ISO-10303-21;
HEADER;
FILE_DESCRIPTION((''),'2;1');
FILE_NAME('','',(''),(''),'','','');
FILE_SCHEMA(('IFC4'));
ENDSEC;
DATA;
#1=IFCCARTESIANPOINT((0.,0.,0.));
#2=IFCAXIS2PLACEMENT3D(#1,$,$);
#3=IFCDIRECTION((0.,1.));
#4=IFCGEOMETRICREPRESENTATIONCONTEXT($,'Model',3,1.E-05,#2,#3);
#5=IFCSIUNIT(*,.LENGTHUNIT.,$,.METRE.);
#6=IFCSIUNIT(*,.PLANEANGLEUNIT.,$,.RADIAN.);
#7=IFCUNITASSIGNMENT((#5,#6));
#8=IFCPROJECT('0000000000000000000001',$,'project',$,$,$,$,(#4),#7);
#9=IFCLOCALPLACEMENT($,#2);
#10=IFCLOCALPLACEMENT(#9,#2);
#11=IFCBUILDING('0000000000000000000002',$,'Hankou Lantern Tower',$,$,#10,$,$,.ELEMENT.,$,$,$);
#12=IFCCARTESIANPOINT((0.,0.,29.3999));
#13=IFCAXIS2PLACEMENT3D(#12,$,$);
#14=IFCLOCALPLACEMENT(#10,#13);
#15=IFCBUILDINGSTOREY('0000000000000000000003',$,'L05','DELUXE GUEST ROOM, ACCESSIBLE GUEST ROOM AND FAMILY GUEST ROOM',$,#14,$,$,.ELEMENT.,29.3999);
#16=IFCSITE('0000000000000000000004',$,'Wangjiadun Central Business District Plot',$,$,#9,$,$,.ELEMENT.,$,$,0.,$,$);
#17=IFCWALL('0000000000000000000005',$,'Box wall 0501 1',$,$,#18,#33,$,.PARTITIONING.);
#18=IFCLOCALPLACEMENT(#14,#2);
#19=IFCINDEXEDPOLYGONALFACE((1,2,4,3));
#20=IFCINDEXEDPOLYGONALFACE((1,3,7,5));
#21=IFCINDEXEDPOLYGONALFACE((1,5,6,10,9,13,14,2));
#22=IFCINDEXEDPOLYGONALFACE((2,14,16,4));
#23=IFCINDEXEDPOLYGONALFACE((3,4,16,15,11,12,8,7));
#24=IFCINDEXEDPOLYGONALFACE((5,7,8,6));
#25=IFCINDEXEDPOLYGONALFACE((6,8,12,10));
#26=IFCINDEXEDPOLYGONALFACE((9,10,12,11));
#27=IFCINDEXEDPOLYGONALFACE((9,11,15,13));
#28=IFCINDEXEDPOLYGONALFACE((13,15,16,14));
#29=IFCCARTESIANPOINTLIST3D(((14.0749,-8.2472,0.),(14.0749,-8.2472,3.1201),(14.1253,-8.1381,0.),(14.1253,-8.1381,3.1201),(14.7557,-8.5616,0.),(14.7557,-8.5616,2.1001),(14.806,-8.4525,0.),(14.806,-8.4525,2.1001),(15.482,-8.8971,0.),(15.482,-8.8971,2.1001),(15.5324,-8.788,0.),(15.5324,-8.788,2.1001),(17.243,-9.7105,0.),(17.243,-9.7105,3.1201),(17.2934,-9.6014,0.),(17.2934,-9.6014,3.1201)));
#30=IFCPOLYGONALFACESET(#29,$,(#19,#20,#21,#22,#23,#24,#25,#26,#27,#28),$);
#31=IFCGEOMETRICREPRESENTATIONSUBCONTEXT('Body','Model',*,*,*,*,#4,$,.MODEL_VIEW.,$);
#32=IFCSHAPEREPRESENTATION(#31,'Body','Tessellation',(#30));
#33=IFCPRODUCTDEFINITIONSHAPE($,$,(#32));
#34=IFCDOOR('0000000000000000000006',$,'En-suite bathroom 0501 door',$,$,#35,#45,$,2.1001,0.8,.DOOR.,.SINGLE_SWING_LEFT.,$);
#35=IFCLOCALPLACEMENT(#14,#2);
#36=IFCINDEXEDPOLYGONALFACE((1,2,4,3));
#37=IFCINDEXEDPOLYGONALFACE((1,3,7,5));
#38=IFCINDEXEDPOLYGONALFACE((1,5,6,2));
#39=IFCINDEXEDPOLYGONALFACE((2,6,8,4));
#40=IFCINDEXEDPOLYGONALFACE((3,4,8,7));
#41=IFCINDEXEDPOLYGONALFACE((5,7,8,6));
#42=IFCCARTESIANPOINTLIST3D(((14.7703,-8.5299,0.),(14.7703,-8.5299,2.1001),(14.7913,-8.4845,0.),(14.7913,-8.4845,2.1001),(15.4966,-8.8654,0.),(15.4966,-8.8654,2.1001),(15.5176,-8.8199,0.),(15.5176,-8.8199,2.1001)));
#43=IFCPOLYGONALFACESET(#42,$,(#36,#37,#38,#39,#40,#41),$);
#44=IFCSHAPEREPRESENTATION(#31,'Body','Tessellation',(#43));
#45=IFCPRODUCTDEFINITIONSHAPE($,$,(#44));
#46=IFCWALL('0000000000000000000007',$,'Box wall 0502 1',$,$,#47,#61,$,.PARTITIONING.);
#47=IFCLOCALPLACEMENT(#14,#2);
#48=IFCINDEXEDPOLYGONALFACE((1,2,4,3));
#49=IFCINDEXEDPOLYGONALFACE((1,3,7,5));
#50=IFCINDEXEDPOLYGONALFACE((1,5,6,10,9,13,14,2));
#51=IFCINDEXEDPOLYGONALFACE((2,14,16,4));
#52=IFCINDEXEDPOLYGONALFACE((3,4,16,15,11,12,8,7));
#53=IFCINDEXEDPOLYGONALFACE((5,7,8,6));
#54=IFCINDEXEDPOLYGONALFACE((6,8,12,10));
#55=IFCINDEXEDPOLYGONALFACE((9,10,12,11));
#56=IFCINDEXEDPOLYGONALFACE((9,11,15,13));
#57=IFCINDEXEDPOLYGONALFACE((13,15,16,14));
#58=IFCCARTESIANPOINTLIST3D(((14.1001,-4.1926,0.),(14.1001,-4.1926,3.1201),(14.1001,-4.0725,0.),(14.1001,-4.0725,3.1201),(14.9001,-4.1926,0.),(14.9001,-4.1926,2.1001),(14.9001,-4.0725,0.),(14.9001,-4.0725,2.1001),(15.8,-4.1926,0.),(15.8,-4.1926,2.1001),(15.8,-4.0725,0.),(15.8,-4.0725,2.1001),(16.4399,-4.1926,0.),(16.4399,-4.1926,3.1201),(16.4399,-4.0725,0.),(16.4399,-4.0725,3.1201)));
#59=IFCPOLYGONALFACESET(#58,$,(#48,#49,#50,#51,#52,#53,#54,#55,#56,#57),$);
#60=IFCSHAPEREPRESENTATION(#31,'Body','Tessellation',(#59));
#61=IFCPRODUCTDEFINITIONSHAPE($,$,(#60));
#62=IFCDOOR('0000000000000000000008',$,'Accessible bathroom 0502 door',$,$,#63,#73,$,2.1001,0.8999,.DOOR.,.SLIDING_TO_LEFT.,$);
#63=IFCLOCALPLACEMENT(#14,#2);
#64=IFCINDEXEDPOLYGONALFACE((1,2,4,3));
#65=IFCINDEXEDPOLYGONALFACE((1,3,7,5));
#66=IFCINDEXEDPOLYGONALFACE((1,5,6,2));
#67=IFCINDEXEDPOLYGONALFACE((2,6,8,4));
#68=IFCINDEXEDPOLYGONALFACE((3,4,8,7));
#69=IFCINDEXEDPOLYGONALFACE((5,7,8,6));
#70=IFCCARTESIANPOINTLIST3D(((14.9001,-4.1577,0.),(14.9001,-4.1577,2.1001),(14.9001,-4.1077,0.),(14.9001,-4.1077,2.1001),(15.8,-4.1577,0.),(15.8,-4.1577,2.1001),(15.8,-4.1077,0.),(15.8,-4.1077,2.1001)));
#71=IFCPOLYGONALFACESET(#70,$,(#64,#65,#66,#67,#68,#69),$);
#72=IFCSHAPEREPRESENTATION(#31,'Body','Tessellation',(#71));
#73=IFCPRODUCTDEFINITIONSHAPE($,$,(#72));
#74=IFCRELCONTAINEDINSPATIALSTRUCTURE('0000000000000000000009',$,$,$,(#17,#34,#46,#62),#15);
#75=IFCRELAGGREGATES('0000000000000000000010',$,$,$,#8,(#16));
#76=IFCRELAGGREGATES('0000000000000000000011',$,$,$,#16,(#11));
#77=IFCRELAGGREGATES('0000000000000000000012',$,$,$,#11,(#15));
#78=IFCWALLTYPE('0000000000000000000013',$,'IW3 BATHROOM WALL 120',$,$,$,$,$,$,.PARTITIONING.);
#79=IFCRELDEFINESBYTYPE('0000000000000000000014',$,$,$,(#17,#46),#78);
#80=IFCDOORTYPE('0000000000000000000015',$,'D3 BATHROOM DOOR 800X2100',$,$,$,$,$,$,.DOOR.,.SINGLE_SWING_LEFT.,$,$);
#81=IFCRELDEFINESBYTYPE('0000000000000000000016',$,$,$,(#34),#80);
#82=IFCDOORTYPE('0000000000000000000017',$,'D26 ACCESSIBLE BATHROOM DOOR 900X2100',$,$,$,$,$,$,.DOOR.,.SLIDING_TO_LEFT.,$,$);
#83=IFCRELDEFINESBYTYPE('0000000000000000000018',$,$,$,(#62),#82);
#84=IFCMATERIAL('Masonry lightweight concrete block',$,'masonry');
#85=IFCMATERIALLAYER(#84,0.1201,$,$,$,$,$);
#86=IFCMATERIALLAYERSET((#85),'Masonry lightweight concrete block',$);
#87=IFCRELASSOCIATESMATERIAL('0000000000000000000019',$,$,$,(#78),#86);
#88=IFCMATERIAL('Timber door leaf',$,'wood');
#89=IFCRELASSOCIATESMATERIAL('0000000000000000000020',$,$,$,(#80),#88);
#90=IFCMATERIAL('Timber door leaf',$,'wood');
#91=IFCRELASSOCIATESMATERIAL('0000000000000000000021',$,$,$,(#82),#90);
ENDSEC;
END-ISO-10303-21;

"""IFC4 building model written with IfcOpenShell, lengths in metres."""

from ifc_helpers import new_model, si_unit, direction, frame, frame_2d, origin, place, context, subcontext, project, spatial, rectangle, extrude, material, layer, layer_set, type_object, element, fill, save


model = new_model("IFC4")

# Units and contexts
model_context = context("Model", 3, precision=1e-05, world=origin(), true_north=direction((0.0, 1.0)))
body_context = subcontext(model_context, "Body", "Model", "MODEL_VIEW")
ifc_project = project(units=[si_unit("LENGTHUNIT", "METRE"), si_unit("PLANEANGLEUNIT", "RADIAN")], contexts=[model_context])

# Site, building, storey
site_placement = place(None, origin())
site = spatial("IfcSite", under=ifc_project, at=site_placement, Name="Wangjiadun Central Business District Plot", CompositionType="ELEMENT", RefElevation=0.0)
building_placement = place(site_placement, origin())
building = spatial("IfcBuilding", under=site, at=building_placement, Name="Hankou Lantern Tower", CompositionType="ELEMENT")
storey_placement = place(building_placement, frame((0.0, 0.0, 29.3999)))
storey = spatial("IfcBuildingStorey", under=building, at=storey_placement, Name="L05", Description="DELUXE GUEST ROOM, ACCESSIBLE GUEST ROOM AND FAMILY GUEST ROOM", CompositionType="ELEMENT", Elevation=29.3999)

# Walls, openings, doors
ifc_material_1 = material(Name="Masonry lightweight concrete block", Category="masonry")
ifc_layer_1 = layer(ifc_material_1, 0.1201)
ifc_layer_set_1 = layer_set([ifc_layer_1], Name="Masonry lightweight concrete block")
wall_type_1 = type_object("IfcWallType", Name="IW3 BATHROOM WALL 120", PredefinedType="PARTITIONING", material=ifc_layer_set_1)
wall_1_placement = place(storey_placement, frame((14.1001, -8.1926, 0.0), z_axis=(0.0, 0.0, 1.0), x_axis=(0.907836, -0.419324, 0.0)))
wall_1 = element("IfcWall", 1, at=wall_1_placement, inside=storey, type_object=wall_type_1, Name="Box wall 0501 1", PredefinedType="PARTITIONING", context=body_context, shape_type="SweptSolid", body=[
    extrude(rectangle(XDim=3.4897, YDim=0.1201, at=frame_2d((1.7449, 0.0))), origin(), (0.0, 0.0, 1.0), 3.1201),
])
opening_1_placement = place(wall_1_placement, frame((0.75, 0.0, 0.0)))
opening_1 = element("IfcOpeningElement", 2, at=opening_1_placement, cuts=wall_1, PredefinedType="OPENING", context=body_context, shape_type="SweptSolid", body=[
    extrude(rectangle(XDim=0.8, YDim=2.1001, at=frame_2d((0.3999, 1.05))), frame((0.0, 0.0701, 0.0), z_axis=(0.0, -1.0, 0.0), x_axis=(1.0, 0.0, 0.0)), (0.0, 0.0, 1.0), 0.1401),
])
ifc_material_2 = material(Name="Timber door leaf", Category="wood")
door_type_1 = type_object("IfcDoorType", Name="D3 BATHROOM DOOR 800X2100", OperationType="SINGLE_SWING_LEFT", PredefinedType="DOOR", material=ifc_material_2)
door_1_placement = place(opening_1_placement, origin())
door_1 = element("IfcDoor", 3, at=door_1_placement, inside=storey, type_object=door_type_1, Name="En-suite bathroom 0501 door", OperationType="SINGLE_SWING_LEFT", OverallHeight=2.1001, OverallWidth=0.8, PredefinedType="DOOR", context=body_context, shape_type="SweptSolid", body=[
    extrude(rectangle(XDim=0.8, YDim=2.1001, at=frame_2d((0.3999, 1.05))), frame((0.0, 0.0249, 0.0), z_axis=(0.0, -1.0, 0.0), x_axis=(1.0, 0.0, 0.0)), (0.0, 0.0, 1.0), 0.05),
])
fill(opening_1, door_1)
wall_2_placement = place(storey_placement, frame((14.1001, -4.1326, 0.0), z_axis=(0.0, 0.0, 1.0), x_axis=(1.0, 0.0, 0.0)))
wall_2 = element("IfcWall", 4, at=wall_2_placement, inside=storey, type_object=wall_type_1, Name="Box wall 0502 1", PredefinedType="PARTITIONING", context=body_context, shape_type="SweptSolid", body=[
    extrude(rectangle(XDim=2.3398, YDim=0.1201, at=frame_2d((1.1699, 0.0))), origin(), (0.0, 0.0, 1.0), 3.1201),
])
opening_2_placement = place(wall_2_placement, frame((0.8, 0.0, 0.0)))
opening_2 = element("IfcOpeningElement", 5, at=opening_2_placement, cuts=wall_2, PredefinedType="OPENING", context=body_context, shape_type="SweptSolid", body=[
    extrude(rectangle(XDim=0.8999, YDim=2.1001, at=frame_2d((0.45, 1.05))), frame((0.0, 0.0701, 0.0), z_axis=(0.0, -1.0, 0.0), x_axis=(1.0, 0.0, 0.0)), (0.0, 0.0, 1.0), 0.1401),
])
ifc_material_3 = material(Name="Timber door leaf", Category="wood")
door_type_2 = type_object("IfcDoorType", Name="D26 ACCESSIBLE BATHROOM DOOR 900X2100", OperationType="SLIDING_TO_LEFT", PredefinedType="DOOR", material=ifc_material_3)
door_2_placement = place(opening_2_placement, origin())
door_2 = element("IfcDoor", 6, at=door_2_placement, inside=storey, type_object=door_type_2, Name="Accessible bathroom 0502 door", OperationType="SLIDING_TO_LEFT", OverallHeight=2.1001, OverallWidth=0.8999, PredefinedType="DOOR", context=body_context, shape_type="SweptSolid", body=[
    extrude(rectangle(XDim=0.8999, YDim=2.1001, at=frame_2d((0.45, 1.05))), frame((0.0, 0.0249, 0.0), z_axis=(0.0, -1.0, 0.0), x_axis=(1.0, 0.0, 0.0)), (0.0, 0.0, 1.0), 0.05),
])
fill(opening_2, door_2)

save(model, "model.ifc")
